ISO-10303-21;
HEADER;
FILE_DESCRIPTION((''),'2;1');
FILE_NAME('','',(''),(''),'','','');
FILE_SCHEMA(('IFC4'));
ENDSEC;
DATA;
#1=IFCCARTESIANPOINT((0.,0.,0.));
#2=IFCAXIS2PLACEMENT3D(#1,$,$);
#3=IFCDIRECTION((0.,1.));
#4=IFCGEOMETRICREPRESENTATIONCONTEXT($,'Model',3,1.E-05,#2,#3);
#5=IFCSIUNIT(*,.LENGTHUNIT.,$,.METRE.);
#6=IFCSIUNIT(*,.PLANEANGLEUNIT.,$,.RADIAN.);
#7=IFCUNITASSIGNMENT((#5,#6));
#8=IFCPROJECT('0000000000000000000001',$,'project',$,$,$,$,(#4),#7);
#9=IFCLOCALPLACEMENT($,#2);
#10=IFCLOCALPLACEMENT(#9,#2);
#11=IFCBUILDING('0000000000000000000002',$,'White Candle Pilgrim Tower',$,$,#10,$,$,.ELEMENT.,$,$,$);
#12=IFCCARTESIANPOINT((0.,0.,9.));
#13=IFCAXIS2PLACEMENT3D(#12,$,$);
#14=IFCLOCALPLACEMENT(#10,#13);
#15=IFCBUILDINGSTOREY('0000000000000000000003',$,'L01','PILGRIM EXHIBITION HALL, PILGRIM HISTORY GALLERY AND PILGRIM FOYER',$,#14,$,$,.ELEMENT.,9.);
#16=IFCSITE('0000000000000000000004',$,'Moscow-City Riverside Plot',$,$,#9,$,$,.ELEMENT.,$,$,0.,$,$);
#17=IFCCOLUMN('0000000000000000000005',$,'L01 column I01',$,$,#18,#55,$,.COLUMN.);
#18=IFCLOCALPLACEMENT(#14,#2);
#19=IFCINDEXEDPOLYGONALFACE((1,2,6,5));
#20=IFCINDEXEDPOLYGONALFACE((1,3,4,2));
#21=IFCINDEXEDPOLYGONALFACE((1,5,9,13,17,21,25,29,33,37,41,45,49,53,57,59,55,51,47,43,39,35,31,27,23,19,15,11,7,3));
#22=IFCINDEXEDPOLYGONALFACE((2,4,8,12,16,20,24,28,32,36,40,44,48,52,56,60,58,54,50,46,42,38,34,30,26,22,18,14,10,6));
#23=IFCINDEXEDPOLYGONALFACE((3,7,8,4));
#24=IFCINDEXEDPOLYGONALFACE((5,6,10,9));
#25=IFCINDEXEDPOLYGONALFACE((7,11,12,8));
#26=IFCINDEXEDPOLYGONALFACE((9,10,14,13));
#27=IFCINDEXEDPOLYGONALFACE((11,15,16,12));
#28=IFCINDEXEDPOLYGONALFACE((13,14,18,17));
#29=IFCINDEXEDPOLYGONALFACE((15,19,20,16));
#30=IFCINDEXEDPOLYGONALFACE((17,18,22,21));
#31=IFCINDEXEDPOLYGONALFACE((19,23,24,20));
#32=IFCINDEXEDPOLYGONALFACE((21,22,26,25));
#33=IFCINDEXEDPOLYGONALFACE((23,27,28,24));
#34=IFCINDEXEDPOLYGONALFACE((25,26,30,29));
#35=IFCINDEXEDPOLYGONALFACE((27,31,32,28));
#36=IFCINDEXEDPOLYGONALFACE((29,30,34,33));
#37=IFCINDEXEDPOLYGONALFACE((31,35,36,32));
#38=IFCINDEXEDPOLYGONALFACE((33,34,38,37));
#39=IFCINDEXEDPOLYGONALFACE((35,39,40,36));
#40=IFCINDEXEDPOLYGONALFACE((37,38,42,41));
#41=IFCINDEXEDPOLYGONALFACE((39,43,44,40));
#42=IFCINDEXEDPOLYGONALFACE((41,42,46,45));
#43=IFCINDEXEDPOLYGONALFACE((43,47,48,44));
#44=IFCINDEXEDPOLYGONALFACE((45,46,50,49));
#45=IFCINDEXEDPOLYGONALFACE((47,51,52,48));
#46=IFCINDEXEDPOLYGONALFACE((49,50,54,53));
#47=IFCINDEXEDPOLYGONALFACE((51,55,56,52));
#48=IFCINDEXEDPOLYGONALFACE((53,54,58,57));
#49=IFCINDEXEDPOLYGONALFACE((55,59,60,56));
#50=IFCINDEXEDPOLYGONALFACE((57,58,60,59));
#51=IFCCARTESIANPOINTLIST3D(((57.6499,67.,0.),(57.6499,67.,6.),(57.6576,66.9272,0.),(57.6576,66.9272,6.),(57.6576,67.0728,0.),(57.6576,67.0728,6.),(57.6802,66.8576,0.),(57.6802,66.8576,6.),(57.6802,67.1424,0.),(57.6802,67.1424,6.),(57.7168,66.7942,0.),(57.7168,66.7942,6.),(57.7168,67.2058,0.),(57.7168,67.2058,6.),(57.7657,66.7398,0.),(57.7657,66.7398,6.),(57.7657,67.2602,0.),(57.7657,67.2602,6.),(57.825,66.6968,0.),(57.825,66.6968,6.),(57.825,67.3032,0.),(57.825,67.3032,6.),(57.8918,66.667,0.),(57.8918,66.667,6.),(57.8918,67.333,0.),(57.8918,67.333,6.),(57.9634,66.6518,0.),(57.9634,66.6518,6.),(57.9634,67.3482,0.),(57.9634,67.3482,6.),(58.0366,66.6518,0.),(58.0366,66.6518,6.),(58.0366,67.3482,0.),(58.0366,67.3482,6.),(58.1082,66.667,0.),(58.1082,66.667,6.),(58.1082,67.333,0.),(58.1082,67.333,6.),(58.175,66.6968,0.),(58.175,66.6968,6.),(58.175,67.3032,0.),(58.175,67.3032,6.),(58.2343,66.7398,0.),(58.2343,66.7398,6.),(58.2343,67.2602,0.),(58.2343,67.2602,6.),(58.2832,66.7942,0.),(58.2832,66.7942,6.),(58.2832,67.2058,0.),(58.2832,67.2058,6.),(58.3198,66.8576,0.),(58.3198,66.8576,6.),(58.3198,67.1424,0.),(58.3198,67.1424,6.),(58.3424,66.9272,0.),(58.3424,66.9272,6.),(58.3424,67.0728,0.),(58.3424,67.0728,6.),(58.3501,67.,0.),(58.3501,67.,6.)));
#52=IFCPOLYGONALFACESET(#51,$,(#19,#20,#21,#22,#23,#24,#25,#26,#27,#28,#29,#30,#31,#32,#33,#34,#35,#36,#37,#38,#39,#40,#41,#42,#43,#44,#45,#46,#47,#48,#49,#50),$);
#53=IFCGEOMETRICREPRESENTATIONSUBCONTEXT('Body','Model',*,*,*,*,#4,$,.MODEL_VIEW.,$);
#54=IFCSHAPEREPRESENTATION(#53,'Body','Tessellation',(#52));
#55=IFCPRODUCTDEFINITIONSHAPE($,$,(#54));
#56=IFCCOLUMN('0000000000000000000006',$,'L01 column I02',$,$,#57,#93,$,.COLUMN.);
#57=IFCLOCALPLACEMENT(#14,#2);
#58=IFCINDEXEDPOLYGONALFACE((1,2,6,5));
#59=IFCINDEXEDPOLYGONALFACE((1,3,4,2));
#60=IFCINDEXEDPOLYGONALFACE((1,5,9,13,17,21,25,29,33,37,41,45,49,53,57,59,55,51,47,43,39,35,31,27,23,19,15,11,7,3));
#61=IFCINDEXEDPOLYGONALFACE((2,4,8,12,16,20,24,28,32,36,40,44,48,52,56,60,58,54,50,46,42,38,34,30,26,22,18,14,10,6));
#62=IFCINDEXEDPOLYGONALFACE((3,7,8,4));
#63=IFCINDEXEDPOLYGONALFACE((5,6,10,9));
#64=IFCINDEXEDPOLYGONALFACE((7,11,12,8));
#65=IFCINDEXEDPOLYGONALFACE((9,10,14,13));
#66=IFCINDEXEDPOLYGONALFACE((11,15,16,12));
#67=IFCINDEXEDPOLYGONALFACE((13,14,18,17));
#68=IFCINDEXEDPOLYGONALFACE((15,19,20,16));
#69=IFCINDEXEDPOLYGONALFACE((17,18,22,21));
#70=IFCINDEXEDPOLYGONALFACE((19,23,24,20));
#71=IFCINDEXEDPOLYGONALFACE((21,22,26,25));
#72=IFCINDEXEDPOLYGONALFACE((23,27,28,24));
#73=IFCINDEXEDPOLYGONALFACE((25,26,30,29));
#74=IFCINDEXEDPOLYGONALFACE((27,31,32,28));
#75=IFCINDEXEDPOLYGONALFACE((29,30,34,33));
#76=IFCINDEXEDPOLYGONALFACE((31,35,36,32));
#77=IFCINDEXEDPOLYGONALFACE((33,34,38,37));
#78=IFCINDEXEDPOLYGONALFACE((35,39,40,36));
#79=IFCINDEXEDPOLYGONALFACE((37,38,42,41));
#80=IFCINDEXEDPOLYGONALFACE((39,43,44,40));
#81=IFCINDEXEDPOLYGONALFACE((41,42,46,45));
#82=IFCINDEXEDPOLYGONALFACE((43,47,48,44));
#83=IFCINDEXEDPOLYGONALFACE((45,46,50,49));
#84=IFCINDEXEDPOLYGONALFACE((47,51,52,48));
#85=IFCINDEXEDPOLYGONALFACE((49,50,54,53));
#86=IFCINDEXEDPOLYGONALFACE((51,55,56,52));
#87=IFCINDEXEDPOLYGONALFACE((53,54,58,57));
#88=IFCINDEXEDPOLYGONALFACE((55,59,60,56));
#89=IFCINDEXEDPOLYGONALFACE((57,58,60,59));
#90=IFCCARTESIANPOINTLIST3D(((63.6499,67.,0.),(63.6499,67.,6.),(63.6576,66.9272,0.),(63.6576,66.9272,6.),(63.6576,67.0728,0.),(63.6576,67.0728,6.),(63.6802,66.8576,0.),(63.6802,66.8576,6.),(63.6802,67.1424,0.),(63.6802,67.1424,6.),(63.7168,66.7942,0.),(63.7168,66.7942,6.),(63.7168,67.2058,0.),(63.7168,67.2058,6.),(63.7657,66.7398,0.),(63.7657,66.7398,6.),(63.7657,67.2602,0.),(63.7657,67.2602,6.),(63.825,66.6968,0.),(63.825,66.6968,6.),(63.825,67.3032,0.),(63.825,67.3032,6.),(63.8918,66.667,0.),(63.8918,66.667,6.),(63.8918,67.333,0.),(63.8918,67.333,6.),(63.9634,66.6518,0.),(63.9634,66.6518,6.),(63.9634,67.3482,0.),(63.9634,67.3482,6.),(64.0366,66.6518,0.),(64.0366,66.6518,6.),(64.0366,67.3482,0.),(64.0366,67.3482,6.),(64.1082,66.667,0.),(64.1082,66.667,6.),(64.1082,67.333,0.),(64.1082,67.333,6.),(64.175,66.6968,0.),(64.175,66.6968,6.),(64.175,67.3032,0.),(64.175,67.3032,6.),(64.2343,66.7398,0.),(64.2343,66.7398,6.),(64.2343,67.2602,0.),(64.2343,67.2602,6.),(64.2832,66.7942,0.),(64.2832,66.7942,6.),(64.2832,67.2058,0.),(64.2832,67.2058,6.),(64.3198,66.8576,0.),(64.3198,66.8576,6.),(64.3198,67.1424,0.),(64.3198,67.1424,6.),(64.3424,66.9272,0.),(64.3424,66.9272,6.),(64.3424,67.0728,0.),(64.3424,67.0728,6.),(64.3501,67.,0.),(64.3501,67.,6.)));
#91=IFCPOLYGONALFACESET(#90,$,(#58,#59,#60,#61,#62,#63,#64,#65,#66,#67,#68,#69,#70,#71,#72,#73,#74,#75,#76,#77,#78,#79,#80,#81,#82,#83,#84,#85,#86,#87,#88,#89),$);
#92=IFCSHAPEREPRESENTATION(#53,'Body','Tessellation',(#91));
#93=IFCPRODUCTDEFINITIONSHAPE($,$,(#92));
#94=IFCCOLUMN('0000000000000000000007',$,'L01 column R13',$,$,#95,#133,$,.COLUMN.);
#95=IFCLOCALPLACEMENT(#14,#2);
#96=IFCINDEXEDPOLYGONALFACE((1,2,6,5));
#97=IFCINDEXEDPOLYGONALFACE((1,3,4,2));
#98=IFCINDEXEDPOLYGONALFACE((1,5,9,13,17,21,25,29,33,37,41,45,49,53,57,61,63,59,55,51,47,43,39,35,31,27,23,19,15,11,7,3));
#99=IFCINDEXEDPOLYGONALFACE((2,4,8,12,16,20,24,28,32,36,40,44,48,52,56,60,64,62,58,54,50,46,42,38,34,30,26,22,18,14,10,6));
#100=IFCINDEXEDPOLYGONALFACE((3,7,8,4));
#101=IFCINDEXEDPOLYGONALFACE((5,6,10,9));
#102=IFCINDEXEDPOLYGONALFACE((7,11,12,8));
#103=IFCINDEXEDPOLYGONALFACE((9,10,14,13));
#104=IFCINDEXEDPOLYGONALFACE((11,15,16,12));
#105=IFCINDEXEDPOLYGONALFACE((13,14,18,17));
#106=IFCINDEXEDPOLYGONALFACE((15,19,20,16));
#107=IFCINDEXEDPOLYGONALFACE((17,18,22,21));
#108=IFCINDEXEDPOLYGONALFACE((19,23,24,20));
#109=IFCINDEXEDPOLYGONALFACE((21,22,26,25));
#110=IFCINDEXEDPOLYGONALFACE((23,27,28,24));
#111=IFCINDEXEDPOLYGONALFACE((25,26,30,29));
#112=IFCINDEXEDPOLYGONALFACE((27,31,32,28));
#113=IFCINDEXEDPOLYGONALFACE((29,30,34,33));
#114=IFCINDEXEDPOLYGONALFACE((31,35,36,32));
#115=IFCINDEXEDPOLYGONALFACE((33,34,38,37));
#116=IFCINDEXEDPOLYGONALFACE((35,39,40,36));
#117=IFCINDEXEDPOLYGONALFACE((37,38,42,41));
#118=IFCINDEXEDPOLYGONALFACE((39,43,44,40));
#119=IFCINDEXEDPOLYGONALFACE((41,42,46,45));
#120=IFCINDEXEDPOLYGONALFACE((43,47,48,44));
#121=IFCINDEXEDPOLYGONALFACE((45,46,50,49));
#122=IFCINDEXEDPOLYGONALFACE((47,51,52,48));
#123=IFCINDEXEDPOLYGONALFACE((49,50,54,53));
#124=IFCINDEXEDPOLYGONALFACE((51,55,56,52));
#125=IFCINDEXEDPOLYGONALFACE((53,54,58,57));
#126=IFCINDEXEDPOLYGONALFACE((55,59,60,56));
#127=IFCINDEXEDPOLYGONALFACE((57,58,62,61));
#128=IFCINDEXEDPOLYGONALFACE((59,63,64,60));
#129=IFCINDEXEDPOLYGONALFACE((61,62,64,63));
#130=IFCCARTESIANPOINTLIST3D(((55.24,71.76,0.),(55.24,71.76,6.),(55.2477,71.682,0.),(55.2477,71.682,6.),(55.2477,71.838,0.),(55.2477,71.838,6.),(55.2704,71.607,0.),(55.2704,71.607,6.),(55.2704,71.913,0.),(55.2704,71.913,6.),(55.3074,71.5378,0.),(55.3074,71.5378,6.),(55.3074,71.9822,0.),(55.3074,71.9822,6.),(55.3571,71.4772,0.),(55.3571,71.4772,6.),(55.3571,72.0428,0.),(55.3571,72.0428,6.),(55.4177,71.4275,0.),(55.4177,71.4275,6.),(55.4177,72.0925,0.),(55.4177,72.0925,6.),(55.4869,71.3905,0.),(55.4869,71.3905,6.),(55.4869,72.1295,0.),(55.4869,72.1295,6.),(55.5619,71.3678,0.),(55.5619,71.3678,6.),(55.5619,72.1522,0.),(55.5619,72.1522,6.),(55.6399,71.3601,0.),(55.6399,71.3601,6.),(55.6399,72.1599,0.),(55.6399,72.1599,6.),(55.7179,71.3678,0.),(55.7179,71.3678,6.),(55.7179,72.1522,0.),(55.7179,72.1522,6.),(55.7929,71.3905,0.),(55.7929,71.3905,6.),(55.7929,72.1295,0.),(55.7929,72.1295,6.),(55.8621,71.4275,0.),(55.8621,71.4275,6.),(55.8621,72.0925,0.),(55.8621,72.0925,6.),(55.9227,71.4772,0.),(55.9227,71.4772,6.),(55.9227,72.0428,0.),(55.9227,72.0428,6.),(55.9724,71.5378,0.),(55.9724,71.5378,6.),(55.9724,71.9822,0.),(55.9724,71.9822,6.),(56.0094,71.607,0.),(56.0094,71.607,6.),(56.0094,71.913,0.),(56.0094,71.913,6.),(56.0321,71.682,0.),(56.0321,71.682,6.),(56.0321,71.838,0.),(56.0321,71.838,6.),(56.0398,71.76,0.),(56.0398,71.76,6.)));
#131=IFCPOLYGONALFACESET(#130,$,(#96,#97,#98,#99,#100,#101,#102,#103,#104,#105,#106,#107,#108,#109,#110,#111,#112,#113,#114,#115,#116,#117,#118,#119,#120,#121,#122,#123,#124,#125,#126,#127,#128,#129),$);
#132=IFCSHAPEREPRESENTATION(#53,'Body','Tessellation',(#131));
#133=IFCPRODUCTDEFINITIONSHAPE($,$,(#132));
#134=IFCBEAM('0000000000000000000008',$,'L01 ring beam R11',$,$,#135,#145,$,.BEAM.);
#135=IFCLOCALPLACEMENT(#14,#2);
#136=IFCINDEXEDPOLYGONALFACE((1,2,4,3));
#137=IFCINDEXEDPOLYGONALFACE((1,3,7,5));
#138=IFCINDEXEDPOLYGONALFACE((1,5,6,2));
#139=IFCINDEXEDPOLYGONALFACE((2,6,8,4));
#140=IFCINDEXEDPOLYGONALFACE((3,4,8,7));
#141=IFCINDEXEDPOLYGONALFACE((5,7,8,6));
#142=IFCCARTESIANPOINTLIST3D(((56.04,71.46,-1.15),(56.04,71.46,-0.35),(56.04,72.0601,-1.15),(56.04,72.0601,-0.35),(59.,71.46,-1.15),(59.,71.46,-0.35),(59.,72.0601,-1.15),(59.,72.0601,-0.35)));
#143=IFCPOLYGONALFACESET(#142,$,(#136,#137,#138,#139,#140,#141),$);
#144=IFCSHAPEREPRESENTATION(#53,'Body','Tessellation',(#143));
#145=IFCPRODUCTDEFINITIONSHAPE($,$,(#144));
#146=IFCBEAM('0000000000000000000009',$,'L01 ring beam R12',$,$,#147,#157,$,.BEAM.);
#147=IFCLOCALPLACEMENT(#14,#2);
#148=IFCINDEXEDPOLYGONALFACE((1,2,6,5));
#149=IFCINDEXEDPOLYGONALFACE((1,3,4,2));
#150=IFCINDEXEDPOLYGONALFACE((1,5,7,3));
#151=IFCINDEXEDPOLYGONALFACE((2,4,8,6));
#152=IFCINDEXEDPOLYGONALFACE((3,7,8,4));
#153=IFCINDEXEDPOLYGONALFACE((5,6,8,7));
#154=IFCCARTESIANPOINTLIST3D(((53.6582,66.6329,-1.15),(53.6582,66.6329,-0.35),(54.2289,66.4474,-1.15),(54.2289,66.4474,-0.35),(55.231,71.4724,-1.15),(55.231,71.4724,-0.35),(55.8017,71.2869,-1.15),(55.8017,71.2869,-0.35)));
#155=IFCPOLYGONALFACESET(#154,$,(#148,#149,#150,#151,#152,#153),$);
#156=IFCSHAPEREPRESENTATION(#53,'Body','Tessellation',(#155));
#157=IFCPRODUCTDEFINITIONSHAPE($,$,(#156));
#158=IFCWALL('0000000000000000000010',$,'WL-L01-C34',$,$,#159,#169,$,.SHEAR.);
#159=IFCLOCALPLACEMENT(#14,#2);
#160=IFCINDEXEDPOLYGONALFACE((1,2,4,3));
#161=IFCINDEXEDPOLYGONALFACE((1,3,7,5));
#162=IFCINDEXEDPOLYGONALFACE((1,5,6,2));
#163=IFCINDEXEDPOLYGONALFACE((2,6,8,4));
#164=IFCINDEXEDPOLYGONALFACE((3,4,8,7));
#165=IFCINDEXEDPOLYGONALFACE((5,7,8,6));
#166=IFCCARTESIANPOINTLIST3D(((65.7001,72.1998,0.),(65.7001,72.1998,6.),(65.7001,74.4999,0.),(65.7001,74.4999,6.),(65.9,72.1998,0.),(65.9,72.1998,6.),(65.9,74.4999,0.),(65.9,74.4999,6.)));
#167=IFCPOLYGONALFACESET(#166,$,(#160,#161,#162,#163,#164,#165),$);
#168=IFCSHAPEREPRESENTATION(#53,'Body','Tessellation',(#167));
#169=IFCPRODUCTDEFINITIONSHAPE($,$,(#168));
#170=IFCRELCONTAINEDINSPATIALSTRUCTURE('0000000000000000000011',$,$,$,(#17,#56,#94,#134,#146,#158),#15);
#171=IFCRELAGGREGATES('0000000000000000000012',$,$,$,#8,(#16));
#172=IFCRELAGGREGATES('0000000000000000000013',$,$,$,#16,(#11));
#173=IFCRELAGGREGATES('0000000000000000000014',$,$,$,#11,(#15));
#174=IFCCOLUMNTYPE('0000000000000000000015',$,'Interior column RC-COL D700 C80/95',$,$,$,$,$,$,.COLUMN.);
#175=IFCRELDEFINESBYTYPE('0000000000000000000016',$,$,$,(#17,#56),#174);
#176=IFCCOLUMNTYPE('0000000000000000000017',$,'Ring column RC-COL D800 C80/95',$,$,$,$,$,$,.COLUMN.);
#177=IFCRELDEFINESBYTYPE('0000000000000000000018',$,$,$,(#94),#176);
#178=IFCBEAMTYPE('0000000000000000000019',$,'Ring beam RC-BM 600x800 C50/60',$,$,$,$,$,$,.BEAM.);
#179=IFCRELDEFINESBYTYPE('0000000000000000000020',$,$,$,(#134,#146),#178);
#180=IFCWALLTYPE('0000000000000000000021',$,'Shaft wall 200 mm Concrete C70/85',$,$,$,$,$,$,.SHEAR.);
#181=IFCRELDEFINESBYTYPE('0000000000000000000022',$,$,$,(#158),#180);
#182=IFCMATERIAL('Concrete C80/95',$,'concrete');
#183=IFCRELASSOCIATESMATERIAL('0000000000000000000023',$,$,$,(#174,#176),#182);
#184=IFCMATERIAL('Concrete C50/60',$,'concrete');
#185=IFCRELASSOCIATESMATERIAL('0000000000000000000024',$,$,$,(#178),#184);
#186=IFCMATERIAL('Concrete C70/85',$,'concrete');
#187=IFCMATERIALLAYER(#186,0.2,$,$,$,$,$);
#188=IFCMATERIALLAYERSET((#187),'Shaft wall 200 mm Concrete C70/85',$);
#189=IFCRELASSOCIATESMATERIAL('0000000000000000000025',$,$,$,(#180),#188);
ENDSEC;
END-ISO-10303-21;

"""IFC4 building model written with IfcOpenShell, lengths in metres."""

from ifc_helpers import new_model, si_unit, direction, frame, frame_2d, origin, origin_2d, place, context, subcontext, project, spatial, rectangle, circle, extrude, material, layer, layer_set, material_profile, profile_set, type_object, element, save


model = new_model("IFC4")

# Units and contexts
model_context = context("Model", 3, precision=1e-05, world=origin(), true_north=direction((0.0, 1.0)))
body_context = subcontext(model_context, "Body", "Model", "MODEL_VIEW")
ifc_project = project(units=[si_unit("LENGTHUNIT", "METRE"), si_unit("PLANEANGLEUNIT", "RADIAN")], contexts=[model_context])

# Site, building, storey
site_placement = place(None, origin())
site = spatial("IfcSite", under=ifc_project, at=site_placement, Name="Moscow-City Riverside Plot", CompositionType="ELEMENT", RefElevation=0.0)
building_placement = place(site_placement, origin())
building = spatial("IfcBuilding", under=site, at=building_placement, Name="White Candle Pilgrim Tower", CompositionType="ELEMENT")
storey_placement = place(building_placement, frame((0.0, 0.0, 9.0)))
storey = spatial("IfcBuildingStorey", under=building, at=storey_placement, Name="L01", Description="PILGRIM EXHIBITION HALL, PILGRIM HISTORY GALLERY AND PILGRIM FOYER", CompositionType="ELEMENT", Elevation=9.0)

# Columns
ifc_material_1 = material(Name="Concrete C80/95", Category="concrete")
ifc_material_profile_1 = material_profile(ifc_material_1, circle(Radius=0.3501, at=origin_2d()), Name="RC-COL D700")
ifc_profile_set_1 = profile_set([ifc_material_profile_1], Name="Concrete C80/95")
column_type_1 = type_object("IfcColumnType", Name="Interior column RC-COL D700 C80/95", PredefinedType="COLUMN", material=ifc_profile_set_1)
for number, where, z_axis, x_axis, name in (
    (1, (58.0, 67.0, 0.0), (0.0, 0.0, 1.0), (1.0, 0.0, 0.0), "L01 column I01"),
    (2, (64.0, 67.0, 0.0), (0.0, 0.0, 1.0), (1.0, 0.0, 0.0), "L01 column I02"),
):
    element("IfcColumn", number, at=place(storey_placement, frame(where, z_axis=z_axis, x_axis=x_axis)), inside=storey, type_object=column_type_1, Name=name, PredefinedType="COLUMN", context=body_context, shape_type="SweptSolid", body=[
        extrude(circle(Radius=0.3501, at=origin_2d()), origin(), (0.0, 0.0, 1.0), 6.0),
    ])
ifc_material_profile_2 = material_profile(ifc_material_1, circle(Radius=0.3999, at=origin_2d()), Name="RC-COL D800")
ifc_profile_set_2 = profile_set([ifc_material_profile_2], Name="Concrete C80/95")
column_type_2 = type_object("IfcColumnType", Name="Ring column RC-COL D800 C80/95", PredefinedType="COLUMN", material=ifc_profile_set_2)
column_placement = place(storey_placement, frame((55.6399, 71.76, 0.0), z_axis=(0.0, 0.0, 1.0), x_axis=(1.0, 0.0, 0.0)))
element("IfcColumn", 3, at=column_placement, inside=storey, type_object=column_type_2, Name="L01 column R13", PredefinedType="COLUMN", context=body_context, shape_type="SweptSolid", body=[
    extrude(circle(Radius=0.3999, at=origin_2d()), origin(), (0.0, 0.0, 1.0), 6.0),
])

# Beams
ifc_material_2 = material(Name="Concrete C50/60", Category="concrete")
ifc_material_profile_3 = material_profile(ifc_material_2, rectangle(XDim=0.6001, YDim=0.8, at=origin_2d()), Name="RC-BM 600x800")
ifc_profile_set_3 = profile_set([ifc_material_profile_3], Name="Concrete C50/60")
beam_type = type_object("IfcBeamType", Name="Ring beam RC-BM 600x800 C50/60", PredefinedType="BEAM", material=ifc_profile_set_3)
beam_1_placement = place(storey_placement, frame((56.04, 71.76, -0.75), z_axis=(1.0, 0.0, 0.0), x_axis=(0.0, 1.0, 0.0)))
element("IfcBeam", 4, at=beam_1_placement, inside=storey, type_object=beam_type, Name="L01 ring beam R11", PredefinedType="BEAM", context=body_context, shape_type="SweptSolid", body=[
    extrude(rectangle(XDim=0.6001, YDim=0.8, at=origin_2d()), origin(), (0.0, 0.0, 1.0), 2.96),
])
beam_2_placement = place(storey_placement, frame((55.5164, 71.3796, -0.75), z_axis=(-0.30908, -0.951036, 0.0), x_axis=(0.951036, -0.30908, 0.0)))
element("IfcBeam", 5, at=beam_2_placement, inside=storey, type_object=beam_type, Name="L01 ring beam R12", PredefinedType="BEAM", context=body_context, shape_type="SweptSolid", body=[
    extrude(rectangle(XDim=0.6001, YDim=0.8, at=origin_2d()), origin(), (0.0, 0.0, 1.0), 5.0886),
])

# Wall
ifc_material_3 = material(Name="Concrete C70/85", Category="concrete")
ifc_layer_1 = layer(ifc_material_3, 0.2)
ifc_layer_set_1 = layer_set([ifc_layer_1], Name="Shaft wall 200 mm Concrete C70/85")
wall_type_1 = type_object("IfcWallType", Name="Shaft wall 200 mm Concrete C70/85", PredefinedType="SHEAR", material=ifc_layer_set_1)
wall_1_placement = place(storey_placement, frame((65.8, 72.2, 0.0), z_axis=(0.0, 0.0, 1.0), x_axis=(0.0, 1.0, 0.0)))
element("IfcWall", 6, at=wall_1_placement, inside=storey, type_object=wall_type_1, Name="WL-L01-C34", PredefinedType="SHEAR", context=body_context, shape_type="SweptSolid", body=[
    extrude(rectangle(XDim=2.3, YDim=0.2, at=frame_2d((1.1499, 0.0))), origin(), (0.0, 0.0, 1.0), 6.0),
])

save(model, "model.ifc")
